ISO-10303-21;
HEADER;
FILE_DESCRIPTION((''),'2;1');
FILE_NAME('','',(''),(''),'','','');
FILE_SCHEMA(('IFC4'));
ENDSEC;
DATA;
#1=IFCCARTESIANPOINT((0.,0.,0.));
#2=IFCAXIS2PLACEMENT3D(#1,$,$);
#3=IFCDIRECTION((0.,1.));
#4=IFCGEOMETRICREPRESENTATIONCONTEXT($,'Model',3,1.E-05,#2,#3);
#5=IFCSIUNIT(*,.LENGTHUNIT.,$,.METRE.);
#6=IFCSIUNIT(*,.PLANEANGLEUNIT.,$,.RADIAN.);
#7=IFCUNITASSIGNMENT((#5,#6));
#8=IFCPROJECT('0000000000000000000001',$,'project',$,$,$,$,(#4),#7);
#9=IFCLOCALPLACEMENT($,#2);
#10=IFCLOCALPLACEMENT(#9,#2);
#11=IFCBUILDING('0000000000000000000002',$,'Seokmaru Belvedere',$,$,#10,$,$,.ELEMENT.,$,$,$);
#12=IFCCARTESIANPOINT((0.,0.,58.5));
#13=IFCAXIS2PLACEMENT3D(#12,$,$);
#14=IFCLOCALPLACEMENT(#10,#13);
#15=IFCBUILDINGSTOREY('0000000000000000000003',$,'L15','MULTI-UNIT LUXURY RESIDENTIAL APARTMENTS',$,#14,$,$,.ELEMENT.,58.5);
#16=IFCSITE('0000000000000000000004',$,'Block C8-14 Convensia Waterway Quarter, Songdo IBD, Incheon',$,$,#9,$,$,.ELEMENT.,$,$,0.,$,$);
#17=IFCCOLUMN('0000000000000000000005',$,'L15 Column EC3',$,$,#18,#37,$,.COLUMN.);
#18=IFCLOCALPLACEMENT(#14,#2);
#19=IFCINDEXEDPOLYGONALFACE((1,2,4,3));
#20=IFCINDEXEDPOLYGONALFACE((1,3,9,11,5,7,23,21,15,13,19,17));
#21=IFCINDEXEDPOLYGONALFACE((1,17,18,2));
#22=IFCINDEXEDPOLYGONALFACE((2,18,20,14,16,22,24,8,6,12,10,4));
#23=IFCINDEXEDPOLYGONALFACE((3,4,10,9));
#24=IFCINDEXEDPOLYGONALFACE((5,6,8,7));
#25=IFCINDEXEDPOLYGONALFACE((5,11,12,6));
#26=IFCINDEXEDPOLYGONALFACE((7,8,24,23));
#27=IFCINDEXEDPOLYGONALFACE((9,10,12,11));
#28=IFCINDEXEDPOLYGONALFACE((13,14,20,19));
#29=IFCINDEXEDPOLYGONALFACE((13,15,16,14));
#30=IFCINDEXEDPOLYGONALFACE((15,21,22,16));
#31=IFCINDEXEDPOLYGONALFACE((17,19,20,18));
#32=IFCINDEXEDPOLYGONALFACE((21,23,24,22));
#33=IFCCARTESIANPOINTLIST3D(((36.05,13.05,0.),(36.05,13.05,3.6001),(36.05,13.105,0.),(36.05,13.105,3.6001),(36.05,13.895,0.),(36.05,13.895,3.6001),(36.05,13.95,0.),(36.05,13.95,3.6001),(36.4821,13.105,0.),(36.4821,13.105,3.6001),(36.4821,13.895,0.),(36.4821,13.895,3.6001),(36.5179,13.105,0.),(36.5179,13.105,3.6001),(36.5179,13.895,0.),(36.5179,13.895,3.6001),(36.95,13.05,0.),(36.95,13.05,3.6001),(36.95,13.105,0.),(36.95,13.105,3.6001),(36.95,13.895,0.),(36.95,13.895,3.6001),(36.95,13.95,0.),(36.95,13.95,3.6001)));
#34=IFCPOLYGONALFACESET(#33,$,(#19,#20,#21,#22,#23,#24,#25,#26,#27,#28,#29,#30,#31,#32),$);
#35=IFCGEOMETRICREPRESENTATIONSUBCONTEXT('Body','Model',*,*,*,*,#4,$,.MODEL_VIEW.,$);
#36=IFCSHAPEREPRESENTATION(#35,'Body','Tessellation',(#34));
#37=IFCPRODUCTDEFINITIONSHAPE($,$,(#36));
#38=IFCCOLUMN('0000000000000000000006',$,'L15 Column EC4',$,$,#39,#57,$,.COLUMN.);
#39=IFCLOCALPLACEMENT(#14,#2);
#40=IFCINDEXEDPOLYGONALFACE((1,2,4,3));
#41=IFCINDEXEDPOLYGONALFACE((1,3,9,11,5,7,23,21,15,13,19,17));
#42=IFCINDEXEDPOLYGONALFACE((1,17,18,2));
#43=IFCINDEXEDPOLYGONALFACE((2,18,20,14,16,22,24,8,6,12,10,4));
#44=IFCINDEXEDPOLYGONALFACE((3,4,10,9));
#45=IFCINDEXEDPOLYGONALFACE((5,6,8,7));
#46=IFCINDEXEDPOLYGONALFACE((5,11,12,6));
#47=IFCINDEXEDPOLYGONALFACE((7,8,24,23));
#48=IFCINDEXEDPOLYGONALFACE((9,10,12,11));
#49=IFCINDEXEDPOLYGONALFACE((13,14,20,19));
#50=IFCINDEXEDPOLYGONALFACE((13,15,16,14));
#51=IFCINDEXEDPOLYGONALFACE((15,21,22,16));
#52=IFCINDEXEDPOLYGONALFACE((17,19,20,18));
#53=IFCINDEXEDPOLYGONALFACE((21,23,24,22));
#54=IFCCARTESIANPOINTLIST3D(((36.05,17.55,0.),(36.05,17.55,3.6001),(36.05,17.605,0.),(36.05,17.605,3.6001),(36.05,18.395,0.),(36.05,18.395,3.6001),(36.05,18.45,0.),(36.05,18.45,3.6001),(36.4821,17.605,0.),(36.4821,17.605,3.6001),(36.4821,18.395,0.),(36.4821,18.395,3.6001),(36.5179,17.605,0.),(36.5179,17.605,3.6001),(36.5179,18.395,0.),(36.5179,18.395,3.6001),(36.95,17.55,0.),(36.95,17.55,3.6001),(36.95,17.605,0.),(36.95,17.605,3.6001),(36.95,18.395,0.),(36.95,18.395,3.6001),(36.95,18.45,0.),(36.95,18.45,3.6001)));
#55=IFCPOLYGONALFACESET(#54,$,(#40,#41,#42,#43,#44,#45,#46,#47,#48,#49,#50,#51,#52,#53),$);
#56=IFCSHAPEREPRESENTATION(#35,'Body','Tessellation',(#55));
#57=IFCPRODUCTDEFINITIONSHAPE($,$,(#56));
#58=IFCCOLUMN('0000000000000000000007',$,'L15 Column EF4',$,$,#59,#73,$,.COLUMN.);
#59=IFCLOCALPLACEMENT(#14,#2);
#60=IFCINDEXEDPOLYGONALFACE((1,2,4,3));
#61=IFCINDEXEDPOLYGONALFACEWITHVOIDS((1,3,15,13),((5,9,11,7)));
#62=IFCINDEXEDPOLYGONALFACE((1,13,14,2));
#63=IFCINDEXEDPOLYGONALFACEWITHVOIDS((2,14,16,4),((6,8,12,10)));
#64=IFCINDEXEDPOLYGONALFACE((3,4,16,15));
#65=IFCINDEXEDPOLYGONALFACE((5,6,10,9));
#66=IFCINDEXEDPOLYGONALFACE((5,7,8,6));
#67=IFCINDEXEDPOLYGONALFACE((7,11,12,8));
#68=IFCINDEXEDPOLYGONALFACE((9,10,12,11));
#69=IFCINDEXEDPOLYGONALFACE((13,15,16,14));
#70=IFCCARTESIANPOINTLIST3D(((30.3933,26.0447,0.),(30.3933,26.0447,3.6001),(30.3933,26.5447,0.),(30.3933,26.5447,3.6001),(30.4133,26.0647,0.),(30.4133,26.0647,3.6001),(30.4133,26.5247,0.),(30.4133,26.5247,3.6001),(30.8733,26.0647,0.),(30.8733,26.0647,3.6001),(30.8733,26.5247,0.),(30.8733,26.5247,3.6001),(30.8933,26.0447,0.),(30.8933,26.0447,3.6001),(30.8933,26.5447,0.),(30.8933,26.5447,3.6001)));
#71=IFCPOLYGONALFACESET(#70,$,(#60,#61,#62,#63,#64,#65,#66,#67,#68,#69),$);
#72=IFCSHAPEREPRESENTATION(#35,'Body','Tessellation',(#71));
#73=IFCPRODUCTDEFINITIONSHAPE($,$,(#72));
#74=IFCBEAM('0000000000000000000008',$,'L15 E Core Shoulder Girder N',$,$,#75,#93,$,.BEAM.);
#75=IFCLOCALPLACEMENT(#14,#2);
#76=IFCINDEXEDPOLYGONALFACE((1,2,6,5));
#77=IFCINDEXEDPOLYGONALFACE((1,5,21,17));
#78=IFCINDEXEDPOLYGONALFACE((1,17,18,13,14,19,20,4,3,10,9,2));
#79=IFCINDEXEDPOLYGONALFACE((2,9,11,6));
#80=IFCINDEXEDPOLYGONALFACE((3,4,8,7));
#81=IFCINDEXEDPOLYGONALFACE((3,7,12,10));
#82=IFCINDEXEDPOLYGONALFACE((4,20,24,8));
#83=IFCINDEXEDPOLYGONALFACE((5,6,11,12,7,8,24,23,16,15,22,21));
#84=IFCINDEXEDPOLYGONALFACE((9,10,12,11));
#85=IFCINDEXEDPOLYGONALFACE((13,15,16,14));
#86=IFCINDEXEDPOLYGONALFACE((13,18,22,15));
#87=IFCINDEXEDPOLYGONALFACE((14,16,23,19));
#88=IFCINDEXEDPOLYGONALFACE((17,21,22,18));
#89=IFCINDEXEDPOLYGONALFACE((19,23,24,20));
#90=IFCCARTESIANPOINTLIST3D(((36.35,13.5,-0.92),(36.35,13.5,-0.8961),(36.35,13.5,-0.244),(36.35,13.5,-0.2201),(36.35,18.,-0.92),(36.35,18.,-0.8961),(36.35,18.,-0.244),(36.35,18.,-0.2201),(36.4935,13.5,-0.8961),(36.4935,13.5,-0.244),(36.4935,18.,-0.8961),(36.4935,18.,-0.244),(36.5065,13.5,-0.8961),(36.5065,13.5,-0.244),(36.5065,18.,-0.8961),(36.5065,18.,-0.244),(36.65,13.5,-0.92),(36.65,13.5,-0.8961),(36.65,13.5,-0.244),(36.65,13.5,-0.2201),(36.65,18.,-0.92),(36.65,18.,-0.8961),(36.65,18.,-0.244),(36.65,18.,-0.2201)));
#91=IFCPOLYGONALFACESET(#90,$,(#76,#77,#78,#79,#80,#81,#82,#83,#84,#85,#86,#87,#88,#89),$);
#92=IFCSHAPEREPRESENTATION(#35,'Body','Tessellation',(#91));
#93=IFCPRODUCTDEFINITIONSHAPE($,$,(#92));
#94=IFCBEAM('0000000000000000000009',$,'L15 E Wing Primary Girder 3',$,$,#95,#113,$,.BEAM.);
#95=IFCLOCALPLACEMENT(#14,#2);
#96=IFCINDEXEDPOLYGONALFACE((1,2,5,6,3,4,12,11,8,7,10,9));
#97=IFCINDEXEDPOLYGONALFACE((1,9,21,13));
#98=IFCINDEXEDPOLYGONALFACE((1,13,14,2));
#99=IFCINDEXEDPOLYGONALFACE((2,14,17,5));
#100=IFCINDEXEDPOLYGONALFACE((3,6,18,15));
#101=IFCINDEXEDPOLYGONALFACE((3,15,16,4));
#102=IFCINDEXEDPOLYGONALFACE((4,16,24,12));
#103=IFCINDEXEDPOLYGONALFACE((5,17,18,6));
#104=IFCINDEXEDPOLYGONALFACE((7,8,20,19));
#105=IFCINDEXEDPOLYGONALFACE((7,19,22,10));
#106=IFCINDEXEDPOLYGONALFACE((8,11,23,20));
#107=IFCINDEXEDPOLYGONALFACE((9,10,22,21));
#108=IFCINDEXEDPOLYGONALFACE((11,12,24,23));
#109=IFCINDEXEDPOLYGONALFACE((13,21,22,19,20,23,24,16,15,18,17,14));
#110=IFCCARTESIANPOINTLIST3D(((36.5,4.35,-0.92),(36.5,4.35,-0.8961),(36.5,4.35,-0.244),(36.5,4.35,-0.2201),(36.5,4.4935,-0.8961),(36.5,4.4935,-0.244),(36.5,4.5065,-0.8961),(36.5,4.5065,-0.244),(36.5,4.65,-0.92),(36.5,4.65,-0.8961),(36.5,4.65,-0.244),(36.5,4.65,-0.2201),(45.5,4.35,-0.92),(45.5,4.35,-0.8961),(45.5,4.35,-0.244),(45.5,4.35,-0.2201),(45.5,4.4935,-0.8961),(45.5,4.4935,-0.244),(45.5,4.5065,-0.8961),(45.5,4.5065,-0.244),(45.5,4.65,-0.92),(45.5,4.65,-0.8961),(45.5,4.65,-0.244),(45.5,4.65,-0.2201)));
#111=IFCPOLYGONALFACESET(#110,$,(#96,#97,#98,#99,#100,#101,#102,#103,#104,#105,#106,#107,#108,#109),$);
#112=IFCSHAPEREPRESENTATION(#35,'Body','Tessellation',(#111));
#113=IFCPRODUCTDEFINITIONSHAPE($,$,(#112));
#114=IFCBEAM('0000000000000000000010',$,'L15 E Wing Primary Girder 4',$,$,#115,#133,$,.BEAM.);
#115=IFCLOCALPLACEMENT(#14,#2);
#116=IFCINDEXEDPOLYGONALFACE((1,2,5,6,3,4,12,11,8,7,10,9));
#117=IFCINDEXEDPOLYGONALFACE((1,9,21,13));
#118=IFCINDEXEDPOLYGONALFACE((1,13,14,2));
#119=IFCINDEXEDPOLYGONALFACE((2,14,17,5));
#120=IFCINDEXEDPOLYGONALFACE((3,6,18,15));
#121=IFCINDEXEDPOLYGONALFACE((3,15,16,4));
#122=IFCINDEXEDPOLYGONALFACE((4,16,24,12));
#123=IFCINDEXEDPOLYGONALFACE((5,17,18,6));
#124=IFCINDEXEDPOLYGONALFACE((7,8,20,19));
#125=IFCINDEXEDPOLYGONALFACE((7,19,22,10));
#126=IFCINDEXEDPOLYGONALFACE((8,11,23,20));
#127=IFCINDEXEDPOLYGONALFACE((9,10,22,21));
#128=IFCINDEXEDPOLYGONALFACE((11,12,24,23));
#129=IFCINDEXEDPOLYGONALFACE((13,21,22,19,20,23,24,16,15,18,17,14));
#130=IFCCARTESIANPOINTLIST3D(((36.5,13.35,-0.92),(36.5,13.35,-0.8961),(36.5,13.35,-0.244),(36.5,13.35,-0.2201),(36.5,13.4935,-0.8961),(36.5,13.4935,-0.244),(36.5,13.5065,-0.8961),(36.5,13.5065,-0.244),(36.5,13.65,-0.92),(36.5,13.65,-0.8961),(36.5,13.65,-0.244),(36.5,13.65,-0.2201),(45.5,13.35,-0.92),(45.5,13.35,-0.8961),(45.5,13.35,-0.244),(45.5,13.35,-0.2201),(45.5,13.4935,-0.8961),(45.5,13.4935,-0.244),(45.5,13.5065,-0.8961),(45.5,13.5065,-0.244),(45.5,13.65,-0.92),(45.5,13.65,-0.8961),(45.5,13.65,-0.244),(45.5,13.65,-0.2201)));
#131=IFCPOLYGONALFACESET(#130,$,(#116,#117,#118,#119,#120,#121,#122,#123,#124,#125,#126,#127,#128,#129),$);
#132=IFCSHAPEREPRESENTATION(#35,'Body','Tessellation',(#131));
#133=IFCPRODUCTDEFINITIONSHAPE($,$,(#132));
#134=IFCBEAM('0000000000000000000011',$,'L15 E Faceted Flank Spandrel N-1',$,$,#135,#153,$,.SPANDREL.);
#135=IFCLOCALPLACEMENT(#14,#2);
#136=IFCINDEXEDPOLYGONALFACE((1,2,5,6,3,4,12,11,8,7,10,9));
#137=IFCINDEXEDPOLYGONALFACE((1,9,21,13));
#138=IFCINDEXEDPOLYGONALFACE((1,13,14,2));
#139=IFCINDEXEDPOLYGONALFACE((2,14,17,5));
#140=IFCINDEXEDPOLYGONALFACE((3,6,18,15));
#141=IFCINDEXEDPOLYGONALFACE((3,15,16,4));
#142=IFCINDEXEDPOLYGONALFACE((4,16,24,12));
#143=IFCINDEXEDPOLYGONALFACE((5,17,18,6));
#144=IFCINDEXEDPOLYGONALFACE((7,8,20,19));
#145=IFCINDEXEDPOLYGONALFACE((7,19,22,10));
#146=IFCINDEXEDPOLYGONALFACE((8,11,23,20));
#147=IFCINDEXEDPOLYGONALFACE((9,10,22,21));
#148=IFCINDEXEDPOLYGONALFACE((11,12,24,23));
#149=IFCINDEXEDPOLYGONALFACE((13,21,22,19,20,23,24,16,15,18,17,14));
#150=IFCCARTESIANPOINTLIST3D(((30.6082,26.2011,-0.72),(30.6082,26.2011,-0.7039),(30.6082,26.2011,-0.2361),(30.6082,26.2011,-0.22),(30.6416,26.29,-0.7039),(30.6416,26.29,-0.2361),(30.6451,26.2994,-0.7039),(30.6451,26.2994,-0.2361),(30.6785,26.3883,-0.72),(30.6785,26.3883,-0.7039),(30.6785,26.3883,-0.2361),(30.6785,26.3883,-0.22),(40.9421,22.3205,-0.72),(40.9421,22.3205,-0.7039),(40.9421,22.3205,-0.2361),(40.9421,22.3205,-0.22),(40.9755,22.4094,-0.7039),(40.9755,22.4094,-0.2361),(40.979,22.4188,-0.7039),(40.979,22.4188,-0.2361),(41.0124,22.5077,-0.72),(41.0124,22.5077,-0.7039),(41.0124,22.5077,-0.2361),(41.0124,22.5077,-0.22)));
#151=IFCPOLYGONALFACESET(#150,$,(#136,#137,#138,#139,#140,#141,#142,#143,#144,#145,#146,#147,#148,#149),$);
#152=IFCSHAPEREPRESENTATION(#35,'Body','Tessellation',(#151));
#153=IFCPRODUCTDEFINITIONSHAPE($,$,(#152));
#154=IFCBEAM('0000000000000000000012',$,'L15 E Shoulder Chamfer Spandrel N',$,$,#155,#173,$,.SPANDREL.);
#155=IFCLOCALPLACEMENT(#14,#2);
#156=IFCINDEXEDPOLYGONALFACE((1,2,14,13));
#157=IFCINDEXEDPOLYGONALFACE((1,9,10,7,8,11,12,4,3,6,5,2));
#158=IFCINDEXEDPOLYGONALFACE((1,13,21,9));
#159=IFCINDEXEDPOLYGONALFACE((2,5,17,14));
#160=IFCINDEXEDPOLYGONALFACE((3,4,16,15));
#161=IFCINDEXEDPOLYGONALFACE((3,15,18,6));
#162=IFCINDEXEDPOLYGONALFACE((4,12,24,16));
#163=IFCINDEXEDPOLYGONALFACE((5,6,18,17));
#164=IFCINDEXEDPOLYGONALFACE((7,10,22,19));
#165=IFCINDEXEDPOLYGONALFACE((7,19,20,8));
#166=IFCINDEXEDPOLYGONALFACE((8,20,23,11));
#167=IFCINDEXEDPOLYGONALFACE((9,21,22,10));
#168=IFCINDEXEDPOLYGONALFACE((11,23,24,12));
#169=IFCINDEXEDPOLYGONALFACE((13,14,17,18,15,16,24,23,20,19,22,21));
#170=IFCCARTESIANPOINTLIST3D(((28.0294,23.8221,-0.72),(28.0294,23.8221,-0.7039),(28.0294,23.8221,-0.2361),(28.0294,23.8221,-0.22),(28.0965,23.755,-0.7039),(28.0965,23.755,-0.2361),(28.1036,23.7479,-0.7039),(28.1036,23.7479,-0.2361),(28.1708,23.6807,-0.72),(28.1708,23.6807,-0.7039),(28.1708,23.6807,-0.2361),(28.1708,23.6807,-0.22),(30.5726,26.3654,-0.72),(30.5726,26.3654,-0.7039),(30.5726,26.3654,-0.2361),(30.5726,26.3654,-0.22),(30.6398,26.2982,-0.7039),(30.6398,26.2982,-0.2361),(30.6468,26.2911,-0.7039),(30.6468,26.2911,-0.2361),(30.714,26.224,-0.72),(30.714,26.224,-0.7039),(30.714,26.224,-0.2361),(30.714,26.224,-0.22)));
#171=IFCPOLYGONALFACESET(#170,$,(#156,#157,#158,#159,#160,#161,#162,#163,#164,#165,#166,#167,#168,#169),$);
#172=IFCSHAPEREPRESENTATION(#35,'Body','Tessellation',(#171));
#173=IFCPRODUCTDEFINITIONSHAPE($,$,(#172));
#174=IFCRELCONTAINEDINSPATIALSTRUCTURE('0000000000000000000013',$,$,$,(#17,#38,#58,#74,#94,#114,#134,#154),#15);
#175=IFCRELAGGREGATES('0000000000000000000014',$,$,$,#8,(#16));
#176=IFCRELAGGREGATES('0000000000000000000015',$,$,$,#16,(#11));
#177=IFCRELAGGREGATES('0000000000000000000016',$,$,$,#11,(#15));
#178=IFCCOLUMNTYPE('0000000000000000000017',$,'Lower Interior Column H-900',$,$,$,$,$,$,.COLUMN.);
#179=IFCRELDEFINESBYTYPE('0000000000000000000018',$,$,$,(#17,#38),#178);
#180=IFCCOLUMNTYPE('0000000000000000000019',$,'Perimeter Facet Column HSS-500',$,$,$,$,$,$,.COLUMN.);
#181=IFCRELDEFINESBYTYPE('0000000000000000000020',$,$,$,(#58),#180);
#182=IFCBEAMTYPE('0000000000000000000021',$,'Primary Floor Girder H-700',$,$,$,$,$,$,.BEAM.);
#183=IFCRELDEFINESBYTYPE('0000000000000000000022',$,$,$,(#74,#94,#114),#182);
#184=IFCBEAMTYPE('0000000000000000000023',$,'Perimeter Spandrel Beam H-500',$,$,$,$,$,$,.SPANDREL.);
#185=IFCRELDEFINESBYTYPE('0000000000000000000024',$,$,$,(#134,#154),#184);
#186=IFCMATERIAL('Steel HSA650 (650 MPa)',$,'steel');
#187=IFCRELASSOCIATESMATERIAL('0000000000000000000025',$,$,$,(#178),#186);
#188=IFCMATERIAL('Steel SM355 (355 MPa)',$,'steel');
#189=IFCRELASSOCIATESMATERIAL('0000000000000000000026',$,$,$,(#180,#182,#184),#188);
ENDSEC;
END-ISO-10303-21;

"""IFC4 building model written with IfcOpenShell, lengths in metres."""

from ifc_helpers import new_model, si_unit, direction, frame, origin, origin_2d, place, context, subcontext, project, spatial, hollow_rectangle, i_section, extrude, source, transform, mapped, material, material_profile, profile_set, type_object, type_shapes, element, save


model = new_model("IFC4")

# Units and contexts
model_context = context("Model", 3, precision=1e-05, world=origin(), true_north=direction((0.0, 1.0)))
body_context = subcontext(model_context, "Body", "Model", "MODEL_VIEW")
ifc_project = project(units=[si_unit("LENGTHUNIT", "METRE"), si_unit("PLANEANGLEUNIT", "RADIAN")], contexts=[model_context])

# Site, building, storey
site_placement = place(None, origin())
site = spatial("IfcSite", under=ifc_project, at=site_placement, Name="Block C8-14 Convensia Waterway Quarter, Songdo IBD, Incheon", CompositionType="ELEMENT", RefElevation=0.0)
building_placement = place(site_placement, origin())
building = spatial("IfcBuilding", under=site, at=building_placement, Name="Seokmaru Belvedere", CompositionType="ELEMENT")
storey_placement = place(building_placement, frame((0.0, 0.0, 58.5)))
storey = spatial("IfcBuildingStorey", under=building, at=storey_placement, Name="L15", Description="MULTI-UNIT LUXURY RESIDENTIAL APARTMENTS", CompositionType="ELEMENT", Elevation=58.5)

# Columns
ifc_material_1 = material(Name="Steel HSA650 (650 MPa)", Category="steel")
ifc_material_profile_1 = material_profile(ifc_material_1, i_section(OverallWidth=0.8999, OverallDepth=0.8999, WebThickness=0.0359, FlangeThickness=0.0549, at=origin_2d()), Name="H-900x900x36x55")
ifc_profile_set_1 = profile_set([ifc_material_profile_1], Name="Steel HSA650 (650 MPa)")
column_type_1 = type_object("IfcColumnType", Name="Lower Interior Column H-900", PredefinedType="COLUMN", material=ifc_profile_set_1)
shared_shape_1 = source(origin(), body_context, "Body", "SweptSolid", [
    extrude(i_section(OverallWidth=0.8999, OverallDepth=0.8999, WebThickness=0.0359, FlangeThickness=0.0549, at=origin_2d()), origin(), (0.0, 0.0, 1.0), 3.6001),
])
type_shapes(column_type_1, [shared_shape_1])
for number, where, z_axis, x_axis, name in (
    (1, (36.5, 13.5, 0.0), (0.0, 0.0, 1.0), (1.0, 0.0, 0.0), "L15 Column EC3"),
    (2, (36.5, 18.0, 0.0), (0.0, 0.0, 1.0), (1.0, 0.0, 0.0), "L15 Column EC4"),
):
    element("IfcColumn", number, at=place(storey_placement, frame(where, z_axis=z_axis, x_axis=x_axis)), inside=storey, type_object=column_type_1, Name=name, PredefinedType="COLUMN", context=body_context, shape_type="MappedRepresentation", body=[
        mapped(shared_shape_1, transform((0.0, 0.0, 0.0), scale=1.0)),
    ])
ifc_material_2 = material(Name="Steel SM355 (355 MPa)", Category="steel")
ifc_material_profile_2 = material_profile(ifc_material_2, hollow_rectangle(XDim=0.5, YDim=0.5, WallThickness=0.02, at=origin_2d()), Name="HSS-500x500x20")
ifc_profile_set_2 = profile_set([ifc_material_profile_2], Name="Steel SM355 (355 MPa)")
column_type_2 = type_object("IfcColumnType", Name="Perimeter Facet Column HSS-500", PredefinedType="COLUMN", material=ifc_profile_set_2)
shared_shape_2 = source(origin(), body_context, "Body", "SweptSolid", [
    extrude(hollow_rectangle(XDim=0.5, YDim=0.5, WallThickness=0.02, at=origin_2d()), origin(), (0.0, 0.0, 1.0), 3.6001),
])
type_shapes(column_type_2, [shared_shape_2])
column_placement = place(storey_placement, frame((30.6433, 26.2947, 0.0), z_axis=(0.0, 0.0, 1.0), x_axis=(1.0, 0.0, 0.0)))
element("IfcColumn", 3, at=column_placement, inside=storey, type_object=column_type_2, Name="L15 Column EF4", PredefinedType="COLUMN", context=body_context, shape_type="MappedRepresentation", body=[
    mapped(shared_shape_2, transform((0.0, 0.0, 0.0), scale=1.0)),
])

# Beams
ifc_material_profile_3 = material_profile(ifc_material_2, i_section(OverallWidth=0.3, OverallDepth=0.7, WebThickness=0.0129, FlangeThickness=0.0239, at=origin_2d()), Name="H-700x300x13x24")
ifc_profile_set_3 = profile_set([ifc_material_profile_3], Name="Steel SM355 (355 MPa)")
beam_type_1 = type_object("IfcBeamType", Name="Primary Floor Girder H-700", PredefinedType="BEAM", material=ifc_profile_set_3)
shared_shape_3 = source(origin(), body_context, "Body", "SweptSolid", [
    extrude(i_section(OverallWidth=0.3, OverallDepth=0.7, WebThickness=0.0129, FlangeThickness=0.0239, at=origin_2d()), origin(), (0.0, 0.0, 1.0), 4.5),
])
beam_1_placement = place(storey_placement, frame((36.5, 13.5, -0.5701), z_axis=(0.0, 1.0, 0.0), x_axis=(-1.0, 0.0, 0.0)))
element("IfcBeam", 4, at=beam_1_placement, inside=storey, type_object=beam_type_1, Name="L15 E Core Shoulder Girder N", PredefinedType="BEAM", context=body_context, shape_type="MappedRepresentation", body=[
    mapped(shared_shape_3, transform((0.0, 0.0, 0.0), scale=1.0)),
])
shared_shape_4 = source(origin(), body_context, "Body", "SweptSolid", [
    extrude(i_section(OverallWidth=0.3, OverallDepth=0.7, WebThickness=0.0129, FlangeThickness=0.0239, at=origin_2d()), origin(), (0.0, 0.0, 1.0), 9.0),
])
type_shapes(beam_type_1, [shared_shape_3, shared_shape_4])
for number, where, z_axis, x_axis, name in (
    (5, (36.5, 4.5, -0.5701), (1.0, 0.0, 0.0), (0.0, 1.0, 0.0), "L15 E Wing Primary Girder 3"),
    (6, (36.5, 13.5, -0.5701), (1.0, 0.0, 0.0), (0.0, 1.0, 0.0), "L15 E Wing Primary Girder 4"),
):
    element("IfcBeam", number, at=place(storey_placement, frame(where, z_axis=z_axis, x_axis=x_axis)), inside=storey, type_object=beam_type_1, Name=name, PredefinedType="BEAM", context=body_context, shape_type="MappedRepresentation", body=[
        mapped(shared_shape_4, transform((0.0, 0.0, 0.0), scale=1.0)),
    ])
ifc_material_profile_4 = material_profile(ifc_material_2, i_section(OverallWidth=0.2, OverallDepth=0.5, WebThickness=0.01, FlangeThickness=0.0161, at=origin_2d()), Name="H-500x200x10x16")
ifc_profile_set_4 = profile_set([ifc_material_profile_4], Name="Steel SM355 (355 MPa)")
beam_type_2 = type_object("IfcBeamType", Name="Perimeter Spandrel Beam H-500", PredefinedType="SPANDREL", material=ifc_profile_set_4)
shared_shape_5 = source(origin(), body_context, "Body", "SweptSolid", [
    extrude(i_section(OverallWidth=0.2, OverallDepth=0.5, WebThickness=0.01, FlangeThickness=0.0161, at=origin_2d()), origin(), (0.0, 0.0, 1.0), 11.0386),
])
beam_2_placement = place(storey_placement, frame((30.6433, 26.2947, -0.47), z_axis=(0.936169, -0.35155, 0.0), x_axis=(0.35155, 0.936169, 0.0)))
element("IfcBeam", 7, at=beam_2_placement, inside=storey, type_object=beam_type_2, Name="L15 E Faceted Flank Spandrel N-1", PredefinedType="SPANDREL", context=body_context, shape_type="MappedRepresentation", body=[
    mapped(shared_shape_5, transform((0.0, 0.0, 0.0), scale=1.0)),
])
shared_shape_6 = source(origin(), body_context, "Body", "SweptSolid", [
    extrude(i_section(OverallWidth=0.2, OverallDepth=0.5, WebThickness=0.01, FlangeThickness=0.0161, at=origin_2d()), origin(), (0.0, 0.0, 1.0), 3.5967),
])
type_shapes(beam_type_2, [shared_shape_5, shared_shape_6])
beam_3_placement = place(storey_placement, frame((30.6433, 26.2947, -0.47), z_axis=(-0.707107, -0.707107, 0.0), x_axis=(0.707107, -0.707107, 0.0)))
element("IfcBeam", 8, at=beam_3_placement, inside=storey, type_object=beam_type_2, Name="L15 E Shoulder Chamfer Spandrel N", PredefinedType="SPANDREL", context=body_context, shape_type="MappedRepresentation", body=[
    mapped(shared_shape_6, transform((0.0, 0.0, 0.0), scale=1.0)),
])

save(model, "model.ifc")
